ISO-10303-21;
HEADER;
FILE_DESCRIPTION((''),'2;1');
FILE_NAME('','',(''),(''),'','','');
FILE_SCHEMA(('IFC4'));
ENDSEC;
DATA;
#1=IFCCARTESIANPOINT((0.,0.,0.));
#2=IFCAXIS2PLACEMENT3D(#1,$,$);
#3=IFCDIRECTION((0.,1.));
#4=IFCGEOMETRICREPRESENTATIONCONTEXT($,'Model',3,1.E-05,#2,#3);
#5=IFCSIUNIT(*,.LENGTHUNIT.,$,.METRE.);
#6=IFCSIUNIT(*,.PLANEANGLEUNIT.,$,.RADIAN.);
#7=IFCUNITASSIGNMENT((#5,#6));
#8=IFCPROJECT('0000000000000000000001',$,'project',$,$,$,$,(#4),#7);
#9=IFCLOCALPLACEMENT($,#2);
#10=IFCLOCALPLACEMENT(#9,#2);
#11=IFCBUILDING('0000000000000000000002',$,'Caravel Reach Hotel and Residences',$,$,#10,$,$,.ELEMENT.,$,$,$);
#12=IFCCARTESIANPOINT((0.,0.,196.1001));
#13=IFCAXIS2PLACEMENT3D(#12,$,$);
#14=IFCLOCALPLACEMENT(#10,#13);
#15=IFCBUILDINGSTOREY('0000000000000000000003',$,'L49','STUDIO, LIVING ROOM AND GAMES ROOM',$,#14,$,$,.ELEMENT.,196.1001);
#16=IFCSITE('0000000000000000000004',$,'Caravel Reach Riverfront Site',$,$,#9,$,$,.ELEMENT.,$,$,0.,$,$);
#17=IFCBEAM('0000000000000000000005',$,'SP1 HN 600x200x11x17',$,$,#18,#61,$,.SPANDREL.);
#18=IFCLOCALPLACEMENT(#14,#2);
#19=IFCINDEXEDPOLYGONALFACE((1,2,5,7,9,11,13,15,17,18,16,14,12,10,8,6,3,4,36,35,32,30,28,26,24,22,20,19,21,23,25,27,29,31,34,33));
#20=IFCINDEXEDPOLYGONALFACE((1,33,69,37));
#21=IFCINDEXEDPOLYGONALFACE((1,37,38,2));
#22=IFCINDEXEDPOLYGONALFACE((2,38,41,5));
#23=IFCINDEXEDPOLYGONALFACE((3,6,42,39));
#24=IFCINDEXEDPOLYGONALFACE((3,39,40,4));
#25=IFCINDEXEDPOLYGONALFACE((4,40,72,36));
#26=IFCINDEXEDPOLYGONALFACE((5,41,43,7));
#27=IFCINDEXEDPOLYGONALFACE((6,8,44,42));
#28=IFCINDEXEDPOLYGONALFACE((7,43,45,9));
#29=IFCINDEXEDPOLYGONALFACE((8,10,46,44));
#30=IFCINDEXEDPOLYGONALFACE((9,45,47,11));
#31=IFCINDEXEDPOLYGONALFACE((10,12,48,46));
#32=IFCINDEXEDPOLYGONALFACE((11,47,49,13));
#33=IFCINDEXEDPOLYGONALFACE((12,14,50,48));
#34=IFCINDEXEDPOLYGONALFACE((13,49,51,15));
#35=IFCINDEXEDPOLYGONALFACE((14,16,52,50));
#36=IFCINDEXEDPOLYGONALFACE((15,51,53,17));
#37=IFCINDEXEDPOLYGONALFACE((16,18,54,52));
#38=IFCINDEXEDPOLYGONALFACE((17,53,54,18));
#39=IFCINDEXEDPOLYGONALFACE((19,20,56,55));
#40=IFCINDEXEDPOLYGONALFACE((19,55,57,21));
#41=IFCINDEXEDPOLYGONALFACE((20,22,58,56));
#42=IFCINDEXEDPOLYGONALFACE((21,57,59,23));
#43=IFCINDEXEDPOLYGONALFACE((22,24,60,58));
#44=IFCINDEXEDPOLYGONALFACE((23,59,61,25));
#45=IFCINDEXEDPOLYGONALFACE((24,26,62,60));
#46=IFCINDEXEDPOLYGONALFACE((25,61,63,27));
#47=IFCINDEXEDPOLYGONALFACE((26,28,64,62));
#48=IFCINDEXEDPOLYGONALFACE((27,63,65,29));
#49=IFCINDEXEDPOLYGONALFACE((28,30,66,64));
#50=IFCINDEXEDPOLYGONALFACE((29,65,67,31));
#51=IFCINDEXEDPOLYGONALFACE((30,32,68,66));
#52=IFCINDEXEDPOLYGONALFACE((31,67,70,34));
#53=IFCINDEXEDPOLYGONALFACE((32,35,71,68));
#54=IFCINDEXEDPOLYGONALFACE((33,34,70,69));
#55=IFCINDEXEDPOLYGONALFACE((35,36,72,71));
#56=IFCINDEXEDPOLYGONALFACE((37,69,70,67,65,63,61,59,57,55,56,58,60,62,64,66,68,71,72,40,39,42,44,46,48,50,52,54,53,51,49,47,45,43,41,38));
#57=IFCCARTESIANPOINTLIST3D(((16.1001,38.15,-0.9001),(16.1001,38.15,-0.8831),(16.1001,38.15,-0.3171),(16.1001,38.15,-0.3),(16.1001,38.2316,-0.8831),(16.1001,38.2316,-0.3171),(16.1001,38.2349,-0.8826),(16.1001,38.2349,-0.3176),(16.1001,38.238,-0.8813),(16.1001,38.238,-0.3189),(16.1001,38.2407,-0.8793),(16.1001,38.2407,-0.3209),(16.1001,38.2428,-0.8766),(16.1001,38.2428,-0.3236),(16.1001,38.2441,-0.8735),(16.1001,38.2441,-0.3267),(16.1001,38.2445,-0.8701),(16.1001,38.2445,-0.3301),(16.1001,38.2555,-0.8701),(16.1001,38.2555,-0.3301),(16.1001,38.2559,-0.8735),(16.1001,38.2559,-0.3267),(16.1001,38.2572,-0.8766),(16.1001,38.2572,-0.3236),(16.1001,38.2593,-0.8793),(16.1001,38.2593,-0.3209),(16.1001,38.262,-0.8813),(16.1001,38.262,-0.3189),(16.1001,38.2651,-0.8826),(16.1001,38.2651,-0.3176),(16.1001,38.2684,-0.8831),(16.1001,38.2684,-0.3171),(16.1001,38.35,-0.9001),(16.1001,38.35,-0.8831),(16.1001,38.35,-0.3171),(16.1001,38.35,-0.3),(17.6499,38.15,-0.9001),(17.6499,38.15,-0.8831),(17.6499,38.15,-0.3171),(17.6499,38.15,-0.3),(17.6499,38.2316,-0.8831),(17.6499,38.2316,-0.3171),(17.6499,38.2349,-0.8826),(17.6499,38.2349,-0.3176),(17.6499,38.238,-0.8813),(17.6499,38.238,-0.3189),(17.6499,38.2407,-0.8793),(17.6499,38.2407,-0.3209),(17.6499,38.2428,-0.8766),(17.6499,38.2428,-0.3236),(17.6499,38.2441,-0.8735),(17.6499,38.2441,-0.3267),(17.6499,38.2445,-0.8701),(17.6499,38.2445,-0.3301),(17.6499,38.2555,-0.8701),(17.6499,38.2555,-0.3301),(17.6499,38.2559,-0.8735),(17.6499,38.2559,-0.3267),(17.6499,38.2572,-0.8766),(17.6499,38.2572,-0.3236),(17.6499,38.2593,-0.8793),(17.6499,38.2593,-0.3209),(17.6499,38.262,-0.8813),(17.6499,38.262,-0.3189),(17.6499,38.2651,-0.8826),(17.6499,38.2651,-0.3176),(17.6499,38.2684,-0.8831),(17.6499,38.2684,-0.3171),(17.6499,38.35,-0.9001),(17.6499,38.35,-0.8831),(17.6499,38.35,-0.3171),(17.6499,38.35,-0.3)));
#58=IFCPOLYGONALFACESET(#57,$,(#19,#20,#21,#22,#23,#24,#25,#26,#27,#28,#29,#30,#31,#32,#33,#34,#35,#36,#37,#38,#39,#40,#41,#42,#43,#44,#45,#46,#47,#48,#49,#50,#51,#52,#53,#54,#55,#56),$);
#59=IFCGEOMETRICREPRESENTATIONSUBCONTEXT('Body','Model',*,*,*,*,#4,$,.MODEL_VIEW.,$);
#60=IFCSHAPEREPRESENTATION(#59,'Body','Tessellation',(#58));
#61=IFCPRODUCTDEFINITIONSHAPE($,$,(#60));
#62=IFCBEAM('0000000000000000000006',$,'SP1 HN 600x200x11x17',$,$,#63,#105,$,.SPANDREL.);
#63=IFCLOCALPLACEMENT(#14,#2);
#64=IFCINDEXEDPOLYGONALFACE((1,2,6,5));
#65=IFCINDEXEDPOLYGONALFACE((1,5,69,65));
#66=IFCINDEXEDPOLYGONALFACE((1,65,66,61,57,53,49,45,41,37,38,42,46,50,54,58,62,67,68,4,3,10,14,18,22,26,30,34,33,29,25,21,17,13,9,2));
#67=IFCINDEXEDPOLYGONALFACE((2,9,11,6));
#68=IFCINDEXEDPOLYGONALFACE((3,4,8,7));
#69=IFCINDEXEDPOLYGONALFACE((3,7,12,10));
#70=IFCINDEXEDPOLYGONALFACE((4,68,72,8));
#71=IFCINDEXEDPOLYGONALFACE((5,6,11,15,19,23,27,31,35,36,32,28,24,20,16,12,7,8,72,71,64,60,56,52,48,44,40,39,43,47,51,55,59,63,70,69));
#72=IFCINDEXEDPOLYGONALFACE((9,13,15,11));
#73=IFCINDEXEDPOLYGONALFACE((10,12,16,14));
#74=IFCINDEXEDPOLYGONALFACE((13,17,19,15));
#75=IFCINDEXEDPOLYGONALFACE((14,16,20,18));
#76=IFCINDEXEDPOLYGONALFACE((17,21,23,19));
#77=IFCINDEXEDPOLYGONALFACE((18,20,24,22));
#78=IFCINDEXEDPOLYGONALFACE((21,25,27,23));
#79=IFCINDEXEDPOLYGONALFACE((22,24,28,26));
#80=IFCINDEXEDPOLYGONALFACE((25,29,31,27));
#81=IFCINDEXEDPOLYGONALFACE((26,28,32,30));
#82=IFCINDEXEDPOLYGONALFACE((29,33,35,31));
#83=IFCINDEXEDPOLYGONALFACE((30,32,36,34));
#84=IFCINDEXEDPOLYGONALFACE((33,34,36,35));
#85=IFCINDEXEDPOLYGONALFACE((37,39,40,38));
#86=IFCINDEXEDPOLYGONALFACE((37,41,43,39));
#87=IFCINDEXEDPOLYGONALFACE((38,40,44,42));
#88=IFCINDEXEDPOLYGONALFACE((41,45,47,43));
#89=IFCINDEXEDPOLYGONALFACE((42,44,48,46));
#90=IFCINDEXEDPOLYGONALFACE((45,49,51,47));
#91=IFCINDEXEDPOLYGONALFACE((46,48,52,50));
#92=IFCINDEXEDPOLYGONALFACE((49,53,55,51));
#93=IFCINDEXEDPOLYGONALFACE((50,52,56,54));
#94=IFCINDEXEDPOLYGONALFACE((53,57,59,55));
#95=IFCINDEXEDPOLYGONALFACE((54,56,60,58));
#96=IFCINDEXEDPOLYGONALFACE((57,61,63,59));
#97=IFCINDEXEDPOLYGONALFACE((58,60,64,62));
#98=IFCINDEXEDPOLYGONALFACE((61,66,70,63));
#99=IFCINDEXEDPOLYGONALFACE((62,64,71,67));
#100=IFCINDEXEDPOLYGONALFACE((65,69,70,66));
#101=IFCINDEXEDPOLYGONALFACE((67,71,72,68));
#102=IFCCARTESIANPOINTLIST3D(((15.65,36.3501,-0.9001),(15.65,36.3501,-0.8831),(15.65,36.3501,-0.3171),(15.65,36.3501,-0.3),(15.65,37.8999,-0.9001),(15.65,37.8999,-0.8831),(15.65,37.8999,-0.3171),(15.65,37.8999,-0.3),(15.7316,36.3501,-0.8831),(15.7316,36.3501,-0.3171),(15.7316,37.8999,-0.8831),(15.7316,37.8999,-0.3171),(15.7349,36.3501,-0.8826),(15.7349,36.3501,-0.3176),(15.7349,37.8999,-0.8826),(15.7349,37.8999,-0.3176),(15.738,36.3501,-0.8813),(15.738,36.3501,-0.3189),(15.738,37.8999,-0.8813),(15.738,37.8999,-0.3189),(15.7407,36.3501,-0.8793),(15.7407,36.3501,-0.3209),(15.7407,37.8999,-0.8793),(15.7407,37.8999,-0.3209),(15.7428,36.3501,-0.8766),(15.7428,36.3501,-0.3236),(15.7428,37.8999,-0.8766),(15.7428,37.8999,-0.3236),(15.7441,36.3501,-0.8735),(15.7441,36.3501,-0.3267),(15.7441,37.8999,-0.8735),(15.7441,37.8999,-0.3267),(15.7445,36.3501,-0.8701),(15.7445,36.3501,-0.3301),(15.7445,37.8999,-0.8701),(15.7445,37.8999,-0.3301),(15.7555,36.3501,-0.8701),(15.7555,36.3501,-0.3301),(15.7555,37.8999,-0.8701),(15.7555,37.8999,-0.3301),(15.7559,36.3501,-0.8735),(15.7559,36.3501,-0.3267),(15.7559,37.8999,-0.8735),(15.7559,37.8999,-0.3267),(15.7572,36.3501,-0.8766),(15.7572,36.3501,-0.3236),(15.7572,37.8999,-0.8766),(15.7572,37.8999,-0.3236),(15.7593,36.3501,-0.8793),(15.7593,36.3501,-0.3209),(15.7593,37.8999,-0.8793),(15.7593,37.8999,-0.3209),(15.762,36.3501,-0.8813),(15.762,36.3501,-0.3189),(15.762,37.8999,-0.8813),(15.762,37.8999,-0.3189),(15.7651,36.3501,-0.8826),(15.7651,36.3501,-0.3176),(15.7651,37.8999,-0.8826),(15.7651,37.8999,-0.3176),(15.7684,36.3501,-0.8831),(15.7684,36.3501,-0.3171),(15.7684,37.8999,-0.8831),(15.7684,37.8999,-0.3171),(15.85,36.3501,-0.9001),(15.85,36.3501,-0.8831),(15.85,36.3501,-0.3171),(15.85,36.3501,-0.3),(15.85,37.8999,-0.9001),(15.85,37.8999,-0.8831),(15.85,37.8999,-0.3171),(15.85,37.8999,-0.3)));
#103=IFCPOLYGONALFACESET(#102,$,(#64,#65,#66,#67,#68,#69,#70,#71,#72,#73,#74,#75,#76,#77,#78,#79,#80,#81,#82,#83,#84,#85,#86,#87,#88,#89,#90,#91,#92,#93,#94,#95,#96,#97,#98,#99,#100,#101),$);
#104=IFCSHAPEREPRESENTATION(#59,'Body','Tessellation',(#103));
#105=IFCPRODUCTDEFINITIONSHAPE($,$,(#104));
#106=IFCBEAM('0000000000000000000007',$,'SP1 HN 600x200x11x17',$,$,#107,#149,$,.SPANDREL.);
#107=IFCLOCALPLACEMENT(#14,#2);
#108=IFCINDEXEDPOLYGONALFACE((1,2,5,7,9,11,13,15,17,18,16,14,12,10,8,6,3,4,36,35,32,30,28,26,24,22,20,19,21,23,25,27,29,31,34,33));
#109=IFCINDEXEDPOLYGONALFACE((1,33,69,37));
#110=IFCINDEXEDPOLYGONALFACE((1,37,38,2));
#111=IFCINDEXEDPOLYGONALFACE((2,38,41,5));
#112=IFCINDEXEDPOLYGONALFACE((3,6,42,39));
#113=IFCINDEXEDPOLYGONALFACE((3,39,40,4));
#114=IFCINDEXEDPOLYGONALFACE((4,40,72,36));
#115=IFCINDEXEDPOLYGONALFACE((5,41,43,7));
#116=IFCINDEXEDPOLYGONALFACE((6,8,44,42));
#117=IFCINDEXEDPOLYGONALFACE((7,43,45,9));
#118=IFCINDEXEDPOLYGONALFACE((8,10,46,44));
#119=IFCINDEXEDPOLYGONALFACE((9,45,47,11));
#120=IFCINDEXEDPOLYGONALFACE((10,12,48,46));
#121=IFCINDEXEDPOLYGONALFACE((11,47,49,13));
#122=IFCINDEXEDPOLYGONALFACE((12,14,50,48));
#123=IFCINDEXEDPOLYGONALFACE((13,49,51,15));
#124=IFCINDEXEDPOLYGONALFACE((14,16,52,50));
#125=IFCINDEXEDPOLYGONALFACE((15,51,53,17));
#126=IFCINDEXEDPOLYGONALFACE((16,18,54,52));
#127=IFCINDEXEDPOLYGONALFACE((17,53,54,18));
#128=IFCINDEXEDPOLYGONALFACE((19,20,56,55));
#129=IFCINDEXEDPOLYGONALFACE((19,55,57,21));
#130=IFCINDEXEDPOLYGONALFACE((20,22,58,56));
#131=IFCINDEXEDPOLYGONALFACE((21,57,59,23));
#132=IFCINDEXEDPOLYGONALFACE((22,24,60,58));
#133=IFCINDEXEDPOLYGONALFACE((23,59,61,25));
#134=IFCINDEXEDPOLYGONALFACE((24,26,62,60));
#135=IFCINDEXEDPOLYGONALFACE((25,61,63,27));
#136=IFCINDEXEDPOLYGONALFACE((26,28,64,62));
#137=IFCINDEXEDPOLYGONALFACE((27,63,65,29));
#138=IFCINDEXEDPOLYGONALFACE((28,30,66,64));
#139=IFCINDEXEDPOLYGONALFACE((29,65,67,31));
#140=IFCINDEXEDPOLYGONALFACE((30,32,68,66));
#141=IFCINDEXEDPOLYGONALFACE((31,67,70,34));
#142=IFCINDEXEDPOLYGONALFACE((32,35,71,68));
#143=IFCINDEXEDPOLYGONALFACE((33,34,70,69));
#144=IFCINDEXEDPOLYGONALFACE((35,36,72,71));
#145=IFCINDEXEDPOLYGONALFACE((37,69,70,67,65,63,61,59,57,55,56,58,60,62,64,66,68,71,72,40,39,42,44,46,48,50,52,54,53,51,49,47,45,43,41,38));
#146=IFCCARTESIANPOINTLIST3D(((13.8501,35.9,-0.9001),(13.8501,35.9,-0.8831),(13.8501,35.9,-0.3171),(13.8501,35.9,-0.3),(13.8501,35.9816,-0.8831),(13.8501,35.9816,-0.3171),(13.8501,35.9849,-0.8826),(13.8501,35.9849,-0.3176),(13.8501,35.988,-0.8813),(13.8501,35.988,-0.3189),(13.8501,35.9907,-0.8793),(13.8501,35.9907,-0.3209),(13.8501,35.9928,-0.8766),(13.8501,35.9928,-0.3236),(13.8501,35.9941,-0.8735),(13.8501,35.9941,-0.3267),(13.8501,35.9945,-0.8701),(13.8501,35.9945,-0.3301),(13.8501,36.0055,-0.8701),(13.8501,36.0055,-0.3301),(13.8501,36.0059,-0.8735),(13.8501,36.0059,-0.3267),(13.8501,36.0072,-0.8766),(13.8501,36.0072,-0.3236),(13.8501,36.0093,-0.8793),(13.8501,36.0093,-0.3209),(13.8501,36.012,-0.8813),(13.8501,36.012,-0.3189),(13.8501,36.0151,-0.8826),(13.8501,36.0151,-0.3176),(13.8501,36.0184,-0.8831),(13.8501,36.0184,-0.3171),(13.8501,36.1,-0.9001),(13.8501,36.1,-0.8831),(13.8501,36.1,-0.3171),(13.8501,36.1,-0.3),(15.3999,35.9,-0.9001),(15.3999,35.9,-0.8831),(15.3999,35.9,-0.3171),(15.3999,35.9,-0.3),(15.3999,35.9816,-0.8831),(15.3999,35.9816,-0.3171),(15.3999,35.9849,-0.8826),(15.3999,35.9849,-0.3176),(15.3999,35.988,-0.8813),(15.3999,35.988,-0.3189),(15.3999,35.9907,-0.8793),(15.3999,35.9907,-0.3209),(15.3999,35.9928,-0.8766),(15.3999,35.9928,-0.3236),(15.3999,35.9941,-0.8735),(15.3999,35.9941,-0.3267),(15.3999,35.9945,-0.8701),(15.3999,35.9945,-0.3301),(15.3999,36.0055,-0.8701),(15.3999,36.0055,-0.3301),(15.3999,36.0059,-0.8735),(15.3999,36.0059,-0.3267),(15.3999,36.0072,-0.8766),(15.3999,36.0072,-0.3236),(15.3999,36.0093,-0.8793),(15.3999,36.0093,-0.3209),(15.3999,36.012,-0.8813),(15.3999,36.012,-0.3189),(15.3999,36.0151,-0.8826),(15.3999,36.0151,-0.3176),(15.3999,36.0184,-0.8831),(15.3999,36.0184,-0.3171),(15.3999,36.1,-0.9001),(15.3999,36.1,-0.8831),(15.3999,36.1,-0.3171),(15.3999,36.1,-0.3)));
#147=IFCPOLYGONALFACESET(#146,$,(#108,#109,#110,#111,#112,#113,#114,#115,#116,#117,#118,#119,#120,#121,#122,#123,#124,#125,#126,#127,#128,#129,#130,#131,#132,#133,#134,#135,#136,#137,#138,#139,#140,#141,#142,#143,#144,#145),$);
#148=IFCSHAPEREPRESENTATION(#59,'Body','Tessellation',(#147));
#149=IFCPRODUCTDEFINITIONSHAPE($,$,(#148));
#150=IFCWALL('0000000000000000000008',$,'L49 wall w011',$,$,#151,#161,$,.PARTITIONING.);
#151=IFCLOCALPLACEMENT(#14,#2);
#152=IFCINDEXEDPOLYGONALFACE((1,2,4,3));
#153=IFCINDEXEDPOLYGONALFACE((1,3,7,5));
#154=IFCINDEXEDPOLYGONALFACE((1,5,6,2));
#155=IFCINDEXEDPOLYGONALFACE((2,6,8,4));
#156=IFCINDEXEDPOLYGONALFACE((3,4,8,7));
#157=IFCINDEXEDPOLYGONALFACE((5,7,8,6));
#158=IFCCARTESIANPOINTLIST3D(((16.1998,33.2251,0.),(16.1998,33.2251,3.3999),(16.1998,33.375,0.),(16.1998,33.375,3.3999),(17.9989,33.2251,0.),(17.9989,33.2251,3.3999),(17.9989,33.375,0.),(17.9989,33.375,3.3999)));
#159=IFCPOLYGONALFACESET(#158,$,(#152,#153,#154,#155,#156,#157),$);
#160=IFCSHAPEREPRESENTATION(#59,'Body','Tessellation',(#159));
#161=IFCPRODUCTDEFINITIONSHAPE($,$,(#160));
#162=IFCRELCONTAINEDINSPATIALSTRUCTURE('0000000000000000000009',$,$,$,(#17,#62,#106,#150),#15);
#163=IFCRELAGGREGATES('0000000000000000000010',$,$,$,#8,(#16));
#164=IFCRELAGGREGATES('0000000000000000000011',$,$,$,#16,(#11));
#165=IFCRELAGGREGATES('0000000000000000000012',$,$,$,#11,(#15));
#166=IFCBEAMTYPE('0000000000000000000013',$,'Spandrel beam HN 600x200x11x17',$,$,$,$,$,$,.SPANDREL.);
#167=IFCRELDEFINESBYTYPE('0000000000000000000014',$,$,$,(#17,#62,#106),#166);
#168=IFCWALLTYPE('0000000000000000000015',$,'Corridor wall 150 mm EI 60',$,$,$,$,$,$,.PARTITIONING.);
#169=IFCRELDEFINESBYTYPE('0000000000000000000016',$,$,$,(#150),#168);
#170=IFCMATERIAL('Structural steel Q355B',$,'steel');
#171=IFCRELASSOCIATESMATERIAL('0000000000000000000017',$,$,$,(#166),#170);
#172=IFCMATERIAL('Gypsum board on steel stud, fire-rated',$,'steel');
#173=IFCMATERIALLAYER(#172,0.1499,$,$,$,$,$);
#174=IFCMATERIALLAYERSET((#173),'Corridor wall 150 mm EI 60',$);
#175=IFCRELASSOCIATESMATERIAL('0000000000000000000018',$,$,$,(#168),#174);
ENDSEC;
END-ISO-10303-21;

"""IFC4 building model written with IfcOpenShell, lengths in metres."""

from ifc_helpers import new_model, si_unit, direction, frame, frame_2d, origin, origin_2d, place, context, subcontext, project, spatial, rectangle, i_section, extrude, material, layer, layer_set, material_profile, profile_set, type_object, element, save


model = new_model("IFC4")

# Units and contexts
model_context = context("Model", 3, precision=1e-05, world=origin(), true_north=direction((0.0, 1.0)))
body_context = subcontext(model_context, "Body", "Model", "MODEL_VIEW")
ifc_project = project(units=[si_unit("LENGTHUNIT", "METRE"), si_unit("PLANEANGLEUNIT", "RADIAN")], contexts=[model_context])

# Site, building, storey
site_placement = place(None, origin())
site = spatial("IfcSite", under=ifc_project, at=site_placement, Name="Caravel Reach Riverfront Site", CompositionType="ELEMENT", RefElevation=0.0)
building_placement = place(site_placement, origin())
building = spatial("IfcBuilding", under=site, at=building_placement, Name="Caravel Reach Hotel and Residences", CompositionType="ELEMENT")
storey_placement = place(building_placement, frame((0.0, 0.0, 196.1001)))
storey = spatial("IfcBuildingStorey", under=building, at=storey_placement, Name="L49", Description="STUDIO, LIVING ROOM AND GAMES ROOM", CompositionType="ELEMENT", Elevation=196.1001)

# Beams
ifc_material_1 = material(Name="Structural steel Q355B", Category="steel")
ifc_material_profile_1 = material_profile(ifc_material_1, i_section(OverallWidth=0.2, OverallDepth=0.6001, WebThickness=0.011, FlangeThickness=0.0171, FilletRadius=0.0129, at=origin_2d()), Name="HN 600x200x11x17")
ifc_profile_set_1 = profile_set([ifc_material_profile_1], Name="Structural steel Q355B")
beam_type = type_object("IfcBeamType", Name="Spandrel beam HN 600x200x11x17", PredefinedType="SPANDREL", material=ifc_profile_set_1)
for number, where, z_axis, x_axis, name in (
    (1, (17.6499, 38.25, -0.6001), (-1.0, 0.0, 0.0), (0.0, -1.0, 0.0), "SP1 HN 600x200x11x17"),
    (2, (15.75, 37.8999, -0.6001), (0.0, -1.0, 0.0), (1.0, 0.0, 0.0), "SP1 HN 600x200x11x17"),
    (3, (15.3999, 36.0, -0.6001), (-1.0, 0.0, 0.0), (0.0, -1.0, 0.0), "SP1 HN 600x200x11x17"),
):
    element("IfcBeam", number, at=place(storey_placement, frame(where, z_axis=z_axis, x_axis=x_axis)), inside=storey, type_object=beam_type, Name=name, PredefinedType="SPANDREL", context=body_context, shape_type="SweptSolid", body=[
        extrude(i_section(OverallWidth=0.2, OverallDepth=0.6001, WebThickness=0.011, FlangeThickness=0.0171, FilletRadius=0.0129, at=origin_2d()), origin(), (0.0, 0.0, 1.0), 1.5498),
    ])

# Wall
ifc_material_2 = material(Name="Gypsum board on steel stud, fire-rated", Category="steel")
ifc_layer_1 = layer(ifc_material_2, 0.1499)
ifc_layer_set_1 = layer_set([ifc_layer_1], Name="Corridor wall 150 mm EI 60")
wall_type_1 = type_object("IfcWallType", Name="Corridor wall 150 mm EI 60", PredefinedType="PARTITIONING", material=ifc_layer_set_1)
wall_1_placement = place(storey_placement, frame((16.2, 33.3, 0.0), z_axis=(0.0, 0.0, 1.0), x_axis=(1.0, 0.0, 0.0)))
element("IfcWall", 4, at=wall_1_placement, inside=storey, type_object=wall_type_1, Name="L49 wall w011", PredefinedType="PARTITIONING", context=body_context, shape_type="SweptSolid", body=[
    extrude(rectangle(XDim=1.7991, YDim=0.1499, at=frame_2d((0.8994, 0.0))), origin(), (0.0, 0.0, 1.0), 3.3999),
])

save(model, "model.ifc")
